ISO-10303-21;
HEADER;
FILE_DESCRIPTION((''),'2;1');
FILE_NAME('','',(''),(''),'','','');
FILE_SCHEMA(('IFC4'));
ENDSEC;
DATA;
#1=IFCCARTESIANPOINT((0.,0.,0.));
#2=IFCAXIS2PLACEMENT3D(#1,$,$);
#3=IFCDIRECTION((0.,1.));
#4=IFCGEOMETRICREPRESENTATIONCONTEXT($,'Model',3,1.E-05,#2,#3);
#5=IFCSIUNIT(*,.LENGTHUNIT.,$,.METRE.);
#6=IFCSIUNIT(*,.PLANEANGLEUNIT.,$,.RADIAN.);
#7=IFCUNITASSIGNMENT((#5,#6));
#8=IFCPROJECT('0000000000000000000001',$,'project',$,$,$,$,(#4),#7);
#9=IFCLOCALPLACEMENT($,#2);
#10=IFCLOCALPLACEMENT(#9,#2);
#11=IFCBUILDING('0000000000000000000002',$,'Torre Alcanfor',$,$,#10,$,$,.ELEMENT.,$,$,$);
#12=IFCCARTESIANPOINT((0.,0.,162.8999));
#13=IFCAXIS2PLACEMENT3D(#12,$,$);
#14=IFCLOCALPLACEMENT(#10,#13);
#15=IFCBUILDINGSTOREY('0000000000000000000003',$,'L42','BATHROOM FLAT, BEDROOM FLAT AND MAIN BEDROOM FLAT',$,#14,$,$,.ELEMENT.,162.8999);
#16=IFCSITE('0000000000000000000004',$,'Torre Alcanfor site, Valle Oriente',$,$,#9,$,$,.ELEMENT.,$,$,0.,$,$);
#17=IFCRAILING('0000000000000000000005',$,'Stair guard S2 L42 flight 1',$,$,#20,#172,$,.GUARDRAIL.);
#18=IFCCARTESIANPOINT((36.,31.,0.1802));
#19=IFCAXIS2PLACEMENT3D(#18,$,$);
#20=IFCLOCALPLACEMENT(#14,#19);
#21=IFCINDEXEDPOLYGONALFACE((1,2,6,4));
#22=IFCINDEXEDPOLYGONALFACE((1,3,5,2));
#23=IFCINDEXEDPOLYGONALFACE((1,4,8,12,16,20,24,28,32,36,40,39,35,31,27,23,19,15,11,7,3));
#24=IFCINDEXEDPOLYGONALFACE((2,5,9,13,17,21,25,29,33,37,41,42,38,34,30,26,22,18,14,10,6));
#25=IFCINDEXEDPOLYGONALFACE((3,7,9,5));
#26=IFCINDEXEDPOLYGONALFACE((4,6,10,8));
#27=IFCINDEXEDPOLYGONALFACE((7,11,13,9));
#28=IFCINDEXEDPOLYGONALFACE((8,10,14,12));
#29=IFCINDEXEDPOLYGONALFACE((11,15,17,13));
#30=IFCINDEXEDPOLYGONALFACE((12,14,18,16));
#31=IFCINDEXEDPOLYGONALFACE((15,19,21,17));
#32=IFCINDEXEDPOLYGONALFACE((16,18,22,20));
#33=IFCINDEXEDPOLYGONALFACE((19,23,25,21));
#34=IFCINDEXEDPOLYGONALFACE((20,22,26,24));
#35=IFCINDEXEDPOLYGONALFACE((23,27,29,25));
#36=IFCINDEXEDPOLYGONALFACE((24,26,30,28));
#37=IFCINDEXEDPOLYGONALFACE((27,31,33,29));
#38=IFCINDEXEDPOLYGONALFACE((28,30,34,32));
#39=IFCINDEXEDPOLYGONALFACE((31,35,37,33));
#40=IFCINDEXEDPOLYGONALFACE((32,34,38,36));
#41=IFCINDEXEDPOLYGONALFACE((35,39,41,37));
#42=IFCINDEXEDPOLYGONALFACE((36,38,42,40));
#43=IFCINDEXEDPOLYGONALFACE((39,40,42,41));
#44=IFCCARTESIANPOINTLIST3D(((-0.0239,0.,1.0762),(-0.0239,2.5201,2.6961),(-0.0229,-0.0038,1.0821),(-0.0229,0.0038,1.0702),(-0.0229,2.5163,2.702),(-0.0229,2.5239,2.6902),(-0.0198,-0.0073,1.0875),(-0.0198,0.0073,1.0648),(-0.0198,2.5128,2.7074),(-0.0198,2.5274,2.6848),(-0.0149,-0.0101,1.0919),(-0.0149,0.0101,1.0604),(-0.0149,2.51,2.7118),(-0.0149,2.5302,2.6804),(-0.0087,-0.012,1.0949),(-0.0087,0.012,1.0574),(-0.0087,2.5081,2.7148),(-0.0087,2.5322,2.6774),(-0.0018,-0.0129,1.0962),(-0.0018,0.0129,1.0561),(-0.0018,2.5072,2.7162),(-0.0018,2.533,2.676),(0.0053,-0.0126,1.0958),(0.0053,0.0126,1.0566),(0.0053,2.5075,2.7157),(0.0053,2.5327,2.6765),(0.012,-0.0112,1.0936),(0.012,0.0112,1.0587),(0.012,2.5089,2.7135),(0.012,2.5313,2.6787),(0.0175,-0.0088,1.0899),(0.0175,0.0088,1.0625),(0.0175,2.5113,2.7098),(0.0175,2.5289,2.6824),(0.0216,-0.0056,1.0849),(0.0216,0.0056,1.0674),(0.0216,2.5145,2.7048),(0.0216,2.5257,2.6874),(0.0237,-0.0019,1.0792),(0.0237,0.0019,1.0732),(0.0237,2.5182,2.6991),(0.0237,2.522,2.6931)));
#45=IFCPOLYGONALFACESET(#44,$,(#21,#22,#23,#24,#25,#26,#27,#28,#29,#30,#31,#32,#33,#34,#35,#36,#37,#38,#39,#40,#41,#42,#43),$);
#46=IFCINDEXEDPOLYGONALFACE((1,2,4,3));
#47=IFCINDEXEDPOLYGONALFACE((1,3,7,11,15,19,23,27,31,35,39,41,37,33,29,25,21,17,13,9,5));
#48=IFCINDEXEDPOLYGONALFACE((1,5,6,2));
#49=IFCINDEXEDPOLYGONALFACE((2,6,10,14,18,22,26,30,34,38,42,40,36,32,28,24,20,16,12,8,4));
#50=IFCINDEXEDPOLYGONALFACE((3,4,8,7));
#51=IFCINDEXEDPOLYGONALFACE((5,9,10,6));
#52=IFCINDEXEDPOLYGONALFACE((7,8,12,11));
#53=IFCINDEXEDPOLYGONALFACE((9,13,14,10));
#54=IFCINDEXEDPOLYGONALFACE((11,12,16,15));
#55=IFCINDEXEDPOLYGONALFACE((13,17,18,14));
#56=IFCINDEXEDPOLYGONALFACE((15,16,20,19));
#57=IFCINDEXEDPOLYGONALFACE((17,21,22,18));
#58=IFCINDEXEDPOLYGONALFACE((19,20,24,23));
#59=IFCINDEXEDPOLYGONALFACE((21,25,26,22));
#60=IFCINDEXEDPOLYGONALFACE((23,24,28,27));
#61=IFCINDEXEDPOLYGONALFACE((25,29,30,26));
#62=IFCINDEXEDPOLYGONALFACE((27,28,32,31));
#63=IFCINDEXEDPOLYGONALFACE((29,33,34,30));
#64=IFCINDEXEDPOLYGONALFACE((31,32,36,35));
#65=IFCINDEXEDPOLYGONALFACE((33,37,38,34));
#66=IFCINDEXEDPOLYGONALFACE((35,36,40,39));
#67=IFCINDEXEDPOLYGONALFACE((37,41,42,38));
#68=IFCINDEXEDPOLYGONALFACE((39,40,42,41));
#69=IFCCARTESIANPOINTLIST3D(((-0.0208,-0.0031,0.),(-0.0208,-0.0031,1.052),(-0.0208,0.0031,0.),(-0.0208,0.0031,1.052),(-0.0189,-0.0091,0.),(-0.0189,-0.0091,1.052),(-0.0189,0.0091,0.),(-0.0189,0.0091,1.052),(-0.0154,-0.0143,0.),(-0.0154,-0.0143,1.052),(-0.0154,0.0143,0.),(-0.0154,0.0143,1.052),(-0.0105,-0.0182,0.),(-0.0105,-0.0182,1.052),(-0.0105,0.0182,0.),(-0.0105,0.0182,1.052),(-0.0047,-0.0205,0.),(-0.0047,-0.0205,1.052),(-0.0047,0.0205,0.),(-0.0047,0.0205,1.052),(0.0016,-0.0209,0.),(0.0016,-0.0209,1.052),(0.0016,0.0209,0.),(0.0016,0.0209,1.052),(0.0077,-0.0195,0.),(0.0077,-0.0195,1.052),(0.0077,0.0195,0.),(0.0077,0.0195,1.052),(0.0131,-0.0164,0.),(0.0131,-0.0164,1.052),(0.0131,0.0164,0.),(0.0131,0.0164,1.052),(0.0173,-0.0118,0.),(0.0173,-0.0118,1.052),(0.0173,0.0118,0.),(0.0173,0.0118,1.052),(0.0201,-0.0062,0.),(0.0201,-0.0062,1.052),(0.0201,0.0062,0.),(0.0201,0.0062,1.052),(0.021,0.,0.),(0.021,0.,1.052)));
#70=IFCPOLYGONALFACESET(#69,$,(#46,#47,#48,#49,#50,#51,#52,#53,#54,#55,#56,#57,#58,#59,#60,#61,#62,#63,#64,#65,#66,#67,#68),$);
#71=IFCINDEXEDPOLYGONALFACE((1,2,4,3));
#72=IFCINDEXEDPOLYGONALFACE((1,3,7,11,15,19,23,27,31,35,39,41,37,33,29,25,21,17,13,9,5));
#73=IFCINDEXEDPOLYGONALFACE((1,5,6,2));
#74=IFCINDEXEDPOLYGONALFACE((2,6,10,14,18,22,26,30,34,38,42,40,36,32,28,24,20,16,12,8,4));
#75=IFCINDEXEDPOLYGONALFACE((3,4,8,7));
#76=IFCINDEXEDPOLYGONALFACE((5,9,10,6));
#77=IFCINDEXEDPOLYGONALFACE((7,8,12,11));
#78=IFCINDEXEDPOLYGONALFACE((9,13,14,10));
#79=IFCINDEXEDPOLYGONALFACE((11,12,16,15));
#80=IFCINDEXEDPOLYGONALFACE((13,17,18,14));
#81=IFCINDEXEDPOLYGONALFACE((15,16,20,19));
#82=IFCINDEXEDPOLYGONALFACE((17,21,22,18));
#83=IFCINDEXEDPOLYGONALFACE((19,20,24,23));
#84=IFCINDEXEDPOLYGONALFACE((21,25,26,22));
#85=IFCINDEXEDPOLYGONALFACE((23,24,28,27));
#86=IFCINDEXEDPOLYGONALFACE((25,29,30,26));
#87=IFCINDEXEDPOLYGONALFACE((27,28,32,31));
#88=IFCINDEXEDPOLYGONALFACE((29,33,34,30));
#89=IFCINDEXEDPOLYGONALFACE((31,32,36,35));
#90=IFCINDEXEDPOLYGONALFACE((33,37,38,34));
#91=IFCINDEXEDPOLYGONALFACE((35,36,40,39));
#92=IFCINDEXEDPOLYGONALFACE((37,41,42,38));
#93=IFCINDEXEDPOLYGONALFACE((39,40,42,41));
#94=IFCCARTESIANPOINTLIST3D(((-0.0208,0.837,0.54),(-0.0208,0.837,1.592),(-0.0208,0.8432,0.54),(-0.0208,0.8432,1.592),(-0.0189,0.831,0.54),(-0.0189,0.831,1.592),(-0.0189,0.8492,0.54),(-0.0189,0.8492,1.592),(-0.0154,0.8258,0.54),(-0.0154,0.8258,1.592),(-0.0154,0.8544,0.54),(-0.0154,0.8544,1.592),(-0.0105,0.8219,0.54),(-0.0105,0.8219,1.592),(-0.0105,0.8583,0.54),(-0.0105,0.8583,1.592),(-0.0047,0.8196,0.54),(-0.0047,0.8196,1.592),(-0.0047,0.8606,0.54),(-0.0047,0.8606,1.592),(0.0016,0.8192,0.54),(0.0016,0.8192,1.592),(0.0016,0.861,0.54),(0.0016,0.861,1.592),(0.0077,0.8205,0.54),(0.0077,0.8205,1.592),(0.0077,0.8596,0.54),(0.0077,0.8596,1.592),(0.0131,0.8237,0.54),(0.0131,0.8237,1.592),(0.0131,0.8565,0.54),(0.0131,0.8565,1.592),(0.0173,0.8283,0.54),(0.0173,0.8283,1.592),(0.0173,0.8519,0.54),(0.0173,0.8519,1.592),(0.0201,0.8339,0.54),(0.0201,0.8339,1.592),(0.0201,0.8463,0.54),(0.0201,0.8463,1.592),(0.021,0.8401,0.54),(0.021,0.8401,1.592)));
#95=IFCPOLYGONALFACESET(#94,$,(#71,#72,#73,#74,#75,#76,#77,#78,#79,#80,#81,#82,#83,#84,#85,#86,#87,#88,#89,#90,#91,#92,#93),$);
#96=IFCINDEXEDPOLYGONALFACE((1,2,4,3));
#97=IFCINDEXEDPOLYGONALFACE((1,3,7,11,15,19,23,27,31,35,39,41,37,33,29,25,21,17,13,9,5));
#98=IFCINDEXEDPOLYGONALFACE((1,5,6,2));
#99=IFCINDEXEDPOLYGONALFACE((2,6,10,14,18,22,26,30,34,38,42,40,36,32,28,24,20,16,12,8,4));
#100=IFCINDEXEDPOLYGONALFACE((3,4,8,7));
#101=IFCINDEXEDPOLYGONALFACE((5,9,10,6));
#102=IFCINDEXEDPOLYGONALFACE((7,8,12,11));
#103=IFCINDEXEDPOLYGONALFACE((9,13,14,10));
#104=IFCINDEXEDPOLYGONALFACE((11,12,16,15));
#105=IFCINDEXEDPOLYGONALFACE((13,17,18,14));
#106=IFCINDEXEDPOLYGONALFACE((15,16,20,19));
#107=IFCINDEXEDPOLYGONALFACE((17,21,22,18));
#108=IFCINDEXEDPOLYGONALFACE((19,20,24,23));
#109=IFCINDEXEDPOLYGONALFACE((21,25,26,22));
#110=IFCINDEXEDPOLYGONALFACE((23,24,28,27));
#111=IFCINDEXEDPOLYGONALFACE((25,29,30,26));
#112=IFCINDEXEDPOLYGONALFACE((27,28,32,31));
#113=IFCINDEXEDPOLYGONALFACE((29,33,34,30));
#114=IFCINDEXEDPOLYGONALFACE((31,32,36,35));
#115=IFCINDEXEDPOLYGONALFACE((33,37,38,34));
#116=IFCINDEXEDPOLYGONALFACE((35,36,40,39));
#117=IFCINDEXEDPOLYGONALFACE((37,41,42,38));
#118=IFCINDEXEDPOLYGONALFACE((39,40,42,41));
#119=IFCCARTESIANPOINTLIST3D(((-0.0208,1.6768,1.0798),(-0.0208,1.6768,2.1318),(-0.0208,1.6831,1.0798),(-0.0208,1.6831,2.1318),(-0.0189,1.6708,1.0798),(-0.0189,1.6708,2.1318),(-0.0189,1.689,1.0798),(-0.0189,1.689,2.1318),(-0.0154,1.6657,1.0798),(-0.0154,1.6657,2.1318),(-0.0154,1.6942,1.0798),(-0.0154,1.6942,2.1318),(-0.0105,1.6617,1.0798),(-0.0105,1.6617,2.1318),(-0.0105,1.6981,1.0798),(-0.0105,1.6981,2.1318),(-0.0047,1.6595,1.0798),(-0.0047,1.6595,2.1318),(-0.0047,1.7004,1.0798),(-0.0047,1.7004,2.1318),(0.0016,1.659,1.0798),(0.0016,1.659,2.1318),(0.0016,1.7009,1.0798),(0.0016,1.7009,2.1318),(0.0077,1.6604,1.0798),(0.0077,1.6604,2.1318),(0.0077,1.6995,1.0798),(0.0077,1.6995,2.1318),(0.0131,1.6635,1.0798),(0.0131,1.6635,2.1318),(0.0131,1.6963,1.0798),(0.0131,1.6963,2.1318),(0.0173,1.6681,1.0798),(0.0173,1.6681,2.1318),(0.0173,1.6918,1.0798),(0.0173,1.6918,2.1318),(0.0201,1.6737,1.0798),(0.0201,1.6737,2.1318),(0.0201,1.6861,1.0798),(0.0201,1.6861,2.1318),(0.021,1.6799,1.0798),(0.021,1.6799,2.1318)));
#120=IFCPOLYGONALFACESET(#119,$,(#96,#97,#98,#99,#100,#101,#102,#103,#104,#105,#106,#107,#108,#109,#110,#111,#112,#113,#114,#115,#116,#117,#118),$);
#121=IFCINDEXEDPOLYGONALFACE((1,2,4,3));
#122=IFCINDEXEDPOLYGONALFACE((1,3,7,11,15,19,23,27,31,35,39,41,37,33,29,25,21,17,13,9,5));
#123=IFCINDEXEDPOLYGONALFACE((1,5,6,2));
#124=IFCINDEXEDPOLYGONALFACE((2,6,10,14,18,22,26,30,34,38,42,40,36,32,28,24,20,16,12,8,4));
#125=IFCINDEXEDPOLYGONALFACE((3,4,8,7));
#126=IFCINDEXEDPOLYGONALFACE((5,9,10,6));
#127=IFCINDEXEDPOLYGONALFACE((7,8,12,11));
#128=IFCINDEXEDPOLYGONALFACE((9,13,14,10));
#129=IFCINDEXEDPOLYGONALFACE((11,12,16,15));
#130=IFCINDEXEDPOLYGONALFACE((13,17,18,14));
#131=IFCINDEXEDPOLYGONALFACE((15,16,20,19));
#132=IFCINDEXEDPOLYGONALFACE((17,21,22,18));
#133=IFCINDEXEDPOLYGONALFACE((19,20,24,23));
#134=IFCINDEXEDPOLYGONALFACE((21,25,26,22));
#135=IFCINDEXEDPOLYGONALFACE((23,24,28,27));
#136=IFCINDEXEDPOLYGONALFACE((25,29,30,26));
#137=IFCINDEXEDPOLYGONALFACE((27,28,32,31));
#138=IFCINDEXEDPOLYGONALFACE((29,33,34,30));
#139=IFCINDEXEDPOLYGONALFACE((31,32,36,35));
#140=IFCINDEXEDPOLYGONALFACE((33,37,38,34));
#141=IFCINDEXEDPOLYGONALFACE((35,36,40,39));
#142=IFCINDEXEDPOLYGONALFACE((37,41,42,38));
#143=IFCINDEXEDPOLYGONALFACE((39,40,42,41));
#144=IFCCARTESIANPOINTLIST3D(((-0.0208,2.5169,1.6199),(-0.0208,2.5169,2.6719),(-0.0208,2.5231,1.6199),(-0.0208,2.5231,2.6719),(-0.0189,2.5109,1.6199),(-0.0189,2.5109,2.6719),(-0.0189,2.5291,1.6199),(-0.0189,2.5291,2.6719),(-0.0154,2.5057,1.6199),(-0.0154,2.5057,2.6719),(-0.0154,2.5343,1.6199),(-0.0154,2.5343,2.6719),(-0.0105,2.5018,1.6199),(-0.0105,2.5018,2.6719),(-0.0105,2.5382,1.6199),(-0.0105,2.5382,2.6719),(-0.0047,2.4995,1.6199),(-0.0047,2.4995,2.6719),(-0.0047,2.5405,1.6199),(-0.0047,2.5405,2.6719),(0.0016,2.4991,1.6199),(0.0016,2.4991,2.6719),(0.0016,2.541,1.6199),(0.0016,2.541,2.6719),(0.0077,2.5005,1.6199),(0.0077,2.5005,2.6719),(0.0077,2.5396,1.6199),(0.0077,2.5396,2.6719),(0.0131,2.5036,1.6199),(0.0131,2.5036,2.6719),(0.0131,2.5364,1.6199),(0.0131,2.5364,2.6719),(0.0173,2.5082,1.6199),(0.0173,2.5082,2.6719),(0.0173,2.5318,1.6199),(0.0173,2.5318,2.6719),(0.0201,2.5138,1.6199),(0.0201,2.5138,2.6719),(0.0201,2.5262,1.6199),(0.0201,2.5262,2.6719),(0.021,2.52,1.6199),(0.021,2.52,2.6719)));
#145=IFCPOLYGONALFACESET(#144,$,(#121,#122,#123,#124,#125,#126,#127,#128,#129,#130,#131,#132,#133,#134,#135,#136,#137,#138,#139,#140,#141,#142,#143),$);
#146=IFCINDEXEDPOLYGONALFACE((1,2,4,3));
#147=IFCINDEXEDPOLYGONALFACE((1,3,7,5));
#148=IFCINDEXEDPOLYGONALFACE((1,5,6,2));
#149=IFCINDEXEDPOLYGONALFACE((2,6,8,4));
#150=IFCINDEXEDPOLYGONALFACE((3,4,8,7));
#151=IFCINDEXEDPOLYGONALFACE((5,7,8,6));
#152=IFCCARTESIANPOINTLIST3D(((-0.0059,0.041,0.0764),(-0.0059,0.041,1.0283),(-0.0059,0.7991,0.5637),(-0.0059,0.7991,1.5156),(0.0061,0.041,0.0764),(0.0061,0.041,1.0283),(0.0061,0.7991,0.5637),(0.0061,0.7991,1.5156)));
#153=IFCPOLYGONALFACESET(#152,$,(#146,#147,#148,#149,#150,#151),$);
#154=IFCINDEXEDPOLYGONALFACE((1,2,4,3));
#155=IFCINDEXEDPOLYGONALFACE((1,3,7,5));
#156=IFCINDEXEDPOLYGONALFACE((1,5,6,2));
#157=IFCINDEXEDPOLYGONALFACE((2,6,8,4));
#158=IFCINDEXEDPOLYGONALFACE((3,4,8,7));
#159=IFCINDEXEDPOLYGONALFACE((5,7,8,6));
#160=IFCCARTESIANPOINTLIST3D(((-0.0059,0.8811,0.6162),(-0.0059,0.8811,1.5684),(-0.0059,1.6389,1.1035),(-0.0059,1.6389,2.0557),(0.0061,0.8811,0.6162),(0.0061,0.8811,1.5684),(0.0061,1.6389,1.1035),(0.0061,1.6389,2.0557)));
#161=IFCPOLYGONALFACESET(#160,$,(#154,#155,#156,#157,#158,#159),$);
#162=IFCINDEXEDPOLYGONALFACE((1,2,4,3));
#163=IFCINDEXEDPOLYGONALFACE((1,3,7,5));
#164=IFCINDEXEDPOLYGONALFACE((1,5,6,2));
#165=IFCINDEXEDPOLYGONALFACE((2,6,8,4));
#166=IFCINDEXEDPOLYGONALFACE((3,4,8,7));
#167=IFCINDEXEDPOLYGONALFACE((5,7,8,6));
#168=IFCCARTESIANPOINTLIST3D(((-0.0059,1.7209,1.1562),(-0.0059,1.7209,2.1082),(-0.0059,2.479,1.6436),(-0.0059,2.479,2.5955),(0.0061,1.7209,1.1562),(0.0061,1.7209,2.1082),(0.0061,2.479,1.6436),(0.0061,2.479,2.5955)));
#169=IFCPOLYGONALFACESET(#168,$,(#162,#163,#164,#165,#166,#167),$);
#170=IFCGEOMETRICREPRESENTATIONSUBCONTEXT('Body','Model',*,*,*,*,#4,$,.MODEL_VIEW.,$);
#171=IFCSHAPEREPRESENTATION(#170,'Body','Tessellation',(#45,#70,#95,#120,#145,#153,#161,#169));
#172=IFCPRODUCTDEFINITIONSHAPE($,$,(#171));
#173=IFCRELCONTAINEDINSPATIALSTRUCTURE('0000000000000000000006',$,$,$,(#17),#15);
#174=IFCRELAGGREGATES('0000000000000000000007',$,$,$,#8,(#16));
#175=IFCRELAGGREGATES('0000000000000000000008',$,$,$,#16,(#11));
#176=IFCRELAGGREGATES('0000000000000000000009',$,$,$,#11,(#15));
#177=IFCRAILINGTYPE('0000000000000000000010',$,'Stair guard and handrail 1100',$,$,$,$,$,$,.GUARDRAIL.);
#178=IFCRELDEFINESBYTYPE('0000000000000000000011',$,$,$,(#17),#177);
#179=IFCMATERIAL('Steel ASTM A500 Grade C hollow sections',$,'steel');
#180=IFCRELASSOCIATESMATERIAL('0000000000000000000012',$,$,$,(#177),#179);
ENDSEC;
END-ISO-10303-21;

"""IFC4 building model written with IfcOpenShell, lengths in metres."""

from ifc_helpers import new_model, si_unit, direction, frame, origin, origin_2d, place, context, subcontext, project, spatial, polyline, circle, outline, extrude, material, type_object, element, save


model = new_model("IFC4")

# Units and contexts
model_context = context("Model", 3, precision=1e-05, world=origin(), true_north=direction((0.0, 1.0)))
body_context = subcontext(model_context, "Body", "Model", "MODEL_VIEW")
ifc_project = project(units=[si_unit("LENGTHUNIT", "METRE"), si_unit("PLANEANGLEUNIT", "RADIAN")], contexts=[model_context])

# Site, building, storey
site_placement = place(None, origin())
site = spatial("IfcSite", under=ifc_project, at=site_placement, Name="Torre Alcanfor site, Valle Oriente", CompositionType="ELEMENT", RefElevation=0.0)
building_placement = place(site_placement, origin())
building = spatial("IfcBuilding", under=site, at=building_placement, Name="Torre Alcanfor", CompositionType="ELEMENT")
storey_placement = place(building_placement, frame((0.0, 0.0, 162.8999)))
storey = spatial("IfcBuildingStorey", under=building, at=storey_placement, Name="L42", Description="BATHROOM FLAT, BEDROOM FLAT AND MAIN BEDROOM FLAT", CompositionType="ELEMENT", Elevation=162.8999)

# Railing
ifc_material_1 = material(Name="Steel ASTM A500 Grade C hollow sections", Category="steel")
railing_type_1 = type_object("IfcRailingType", Name="Stair guard and handrail 1100", PredefinedType="GUARDRAIL", material=ifc_material_1)
railing_1_placement = place(storey_placement, frame((36.0, 31.0, 0.1802)))
element("IfcRailing", 1, at=railing_1_placement, inside=storey, type_object=railing_type_1, Name="Stair guard S2 L42 flight 1", PredefinedType="GUARDRAIL", context=body_context, shape_type="SweptSolid", body=[
    extrude(circle(Radius=0.0239, at=origin_2d()), frame((0.0, 0.0, 1.0762), z_axis=(0.0, 0.8412, 0.540725), x_axis=(-1.0, 0.0, 0.0)), (0.0, 0.0, 1.0), 2.9958),
    extrude(circle(Radius=0.021, at=origin_2d()), origin(), (0.0, 0.0, 1.0), 1.052),
    extrude(circle(Radius=0.021, at=origin_2d()), frame((0.0, 0.8401, 0.54)), (0.0, 0.0, 1.0), 1.052),
    extrude(circle(Radius=0.021, at=origin_2d()), frame((0.0, 1.6799, 1.0798)), (0.0, 0.0, 1.0), 1.052),
    extrude(circle(Radius=0.021, at=origin_2d()), frame((0.0, 2.52, 1.6199)), (0.0, 0.0, 1.0), 1.052),
    extrude(outline(polyline([(0.041, 0.0764), (0.7991, 0.5637), (0.7991, 1.5156), (0.041, 1.0283), (0.041, 0.0764)])), frame((-0.0059, 0.0, 0.0), z_axis=(1.0, 0.0, 0.0), x_axis=(0.0, 1.0, 0.0)), (0.0, 0.0, 1.0), 0.012),
    extrude(outline(polyline([(0.8811, 0.6162), (1.6389, 1.1035), (1.6389, 2.0557), (0.8811, 1.5684), (0.8811, 0.6162)])), frame((-0.0059, 0.0, 0.0), z_axis=(1.0, 0.0, 0.0), x_axis=(0.0, 1.0, 0.0)), (0.0, 0.0, 1.0), 0.012),
    extrude(outline(polyline([(1.7209, 1.1562), (2.479, 1.6436), (2.479, 2.5955), (1.7209, 2.1082), (1.7209, 1.1562)])), frame((-0.0059, 0.0, 0.0), z_axis=(1.0, 0.0, 0.0), x_axis=(0.0, 1.0, 0.0)), (0.0, 0.0, 1.0), 0.012),
])

save(model, "model.ifc")
